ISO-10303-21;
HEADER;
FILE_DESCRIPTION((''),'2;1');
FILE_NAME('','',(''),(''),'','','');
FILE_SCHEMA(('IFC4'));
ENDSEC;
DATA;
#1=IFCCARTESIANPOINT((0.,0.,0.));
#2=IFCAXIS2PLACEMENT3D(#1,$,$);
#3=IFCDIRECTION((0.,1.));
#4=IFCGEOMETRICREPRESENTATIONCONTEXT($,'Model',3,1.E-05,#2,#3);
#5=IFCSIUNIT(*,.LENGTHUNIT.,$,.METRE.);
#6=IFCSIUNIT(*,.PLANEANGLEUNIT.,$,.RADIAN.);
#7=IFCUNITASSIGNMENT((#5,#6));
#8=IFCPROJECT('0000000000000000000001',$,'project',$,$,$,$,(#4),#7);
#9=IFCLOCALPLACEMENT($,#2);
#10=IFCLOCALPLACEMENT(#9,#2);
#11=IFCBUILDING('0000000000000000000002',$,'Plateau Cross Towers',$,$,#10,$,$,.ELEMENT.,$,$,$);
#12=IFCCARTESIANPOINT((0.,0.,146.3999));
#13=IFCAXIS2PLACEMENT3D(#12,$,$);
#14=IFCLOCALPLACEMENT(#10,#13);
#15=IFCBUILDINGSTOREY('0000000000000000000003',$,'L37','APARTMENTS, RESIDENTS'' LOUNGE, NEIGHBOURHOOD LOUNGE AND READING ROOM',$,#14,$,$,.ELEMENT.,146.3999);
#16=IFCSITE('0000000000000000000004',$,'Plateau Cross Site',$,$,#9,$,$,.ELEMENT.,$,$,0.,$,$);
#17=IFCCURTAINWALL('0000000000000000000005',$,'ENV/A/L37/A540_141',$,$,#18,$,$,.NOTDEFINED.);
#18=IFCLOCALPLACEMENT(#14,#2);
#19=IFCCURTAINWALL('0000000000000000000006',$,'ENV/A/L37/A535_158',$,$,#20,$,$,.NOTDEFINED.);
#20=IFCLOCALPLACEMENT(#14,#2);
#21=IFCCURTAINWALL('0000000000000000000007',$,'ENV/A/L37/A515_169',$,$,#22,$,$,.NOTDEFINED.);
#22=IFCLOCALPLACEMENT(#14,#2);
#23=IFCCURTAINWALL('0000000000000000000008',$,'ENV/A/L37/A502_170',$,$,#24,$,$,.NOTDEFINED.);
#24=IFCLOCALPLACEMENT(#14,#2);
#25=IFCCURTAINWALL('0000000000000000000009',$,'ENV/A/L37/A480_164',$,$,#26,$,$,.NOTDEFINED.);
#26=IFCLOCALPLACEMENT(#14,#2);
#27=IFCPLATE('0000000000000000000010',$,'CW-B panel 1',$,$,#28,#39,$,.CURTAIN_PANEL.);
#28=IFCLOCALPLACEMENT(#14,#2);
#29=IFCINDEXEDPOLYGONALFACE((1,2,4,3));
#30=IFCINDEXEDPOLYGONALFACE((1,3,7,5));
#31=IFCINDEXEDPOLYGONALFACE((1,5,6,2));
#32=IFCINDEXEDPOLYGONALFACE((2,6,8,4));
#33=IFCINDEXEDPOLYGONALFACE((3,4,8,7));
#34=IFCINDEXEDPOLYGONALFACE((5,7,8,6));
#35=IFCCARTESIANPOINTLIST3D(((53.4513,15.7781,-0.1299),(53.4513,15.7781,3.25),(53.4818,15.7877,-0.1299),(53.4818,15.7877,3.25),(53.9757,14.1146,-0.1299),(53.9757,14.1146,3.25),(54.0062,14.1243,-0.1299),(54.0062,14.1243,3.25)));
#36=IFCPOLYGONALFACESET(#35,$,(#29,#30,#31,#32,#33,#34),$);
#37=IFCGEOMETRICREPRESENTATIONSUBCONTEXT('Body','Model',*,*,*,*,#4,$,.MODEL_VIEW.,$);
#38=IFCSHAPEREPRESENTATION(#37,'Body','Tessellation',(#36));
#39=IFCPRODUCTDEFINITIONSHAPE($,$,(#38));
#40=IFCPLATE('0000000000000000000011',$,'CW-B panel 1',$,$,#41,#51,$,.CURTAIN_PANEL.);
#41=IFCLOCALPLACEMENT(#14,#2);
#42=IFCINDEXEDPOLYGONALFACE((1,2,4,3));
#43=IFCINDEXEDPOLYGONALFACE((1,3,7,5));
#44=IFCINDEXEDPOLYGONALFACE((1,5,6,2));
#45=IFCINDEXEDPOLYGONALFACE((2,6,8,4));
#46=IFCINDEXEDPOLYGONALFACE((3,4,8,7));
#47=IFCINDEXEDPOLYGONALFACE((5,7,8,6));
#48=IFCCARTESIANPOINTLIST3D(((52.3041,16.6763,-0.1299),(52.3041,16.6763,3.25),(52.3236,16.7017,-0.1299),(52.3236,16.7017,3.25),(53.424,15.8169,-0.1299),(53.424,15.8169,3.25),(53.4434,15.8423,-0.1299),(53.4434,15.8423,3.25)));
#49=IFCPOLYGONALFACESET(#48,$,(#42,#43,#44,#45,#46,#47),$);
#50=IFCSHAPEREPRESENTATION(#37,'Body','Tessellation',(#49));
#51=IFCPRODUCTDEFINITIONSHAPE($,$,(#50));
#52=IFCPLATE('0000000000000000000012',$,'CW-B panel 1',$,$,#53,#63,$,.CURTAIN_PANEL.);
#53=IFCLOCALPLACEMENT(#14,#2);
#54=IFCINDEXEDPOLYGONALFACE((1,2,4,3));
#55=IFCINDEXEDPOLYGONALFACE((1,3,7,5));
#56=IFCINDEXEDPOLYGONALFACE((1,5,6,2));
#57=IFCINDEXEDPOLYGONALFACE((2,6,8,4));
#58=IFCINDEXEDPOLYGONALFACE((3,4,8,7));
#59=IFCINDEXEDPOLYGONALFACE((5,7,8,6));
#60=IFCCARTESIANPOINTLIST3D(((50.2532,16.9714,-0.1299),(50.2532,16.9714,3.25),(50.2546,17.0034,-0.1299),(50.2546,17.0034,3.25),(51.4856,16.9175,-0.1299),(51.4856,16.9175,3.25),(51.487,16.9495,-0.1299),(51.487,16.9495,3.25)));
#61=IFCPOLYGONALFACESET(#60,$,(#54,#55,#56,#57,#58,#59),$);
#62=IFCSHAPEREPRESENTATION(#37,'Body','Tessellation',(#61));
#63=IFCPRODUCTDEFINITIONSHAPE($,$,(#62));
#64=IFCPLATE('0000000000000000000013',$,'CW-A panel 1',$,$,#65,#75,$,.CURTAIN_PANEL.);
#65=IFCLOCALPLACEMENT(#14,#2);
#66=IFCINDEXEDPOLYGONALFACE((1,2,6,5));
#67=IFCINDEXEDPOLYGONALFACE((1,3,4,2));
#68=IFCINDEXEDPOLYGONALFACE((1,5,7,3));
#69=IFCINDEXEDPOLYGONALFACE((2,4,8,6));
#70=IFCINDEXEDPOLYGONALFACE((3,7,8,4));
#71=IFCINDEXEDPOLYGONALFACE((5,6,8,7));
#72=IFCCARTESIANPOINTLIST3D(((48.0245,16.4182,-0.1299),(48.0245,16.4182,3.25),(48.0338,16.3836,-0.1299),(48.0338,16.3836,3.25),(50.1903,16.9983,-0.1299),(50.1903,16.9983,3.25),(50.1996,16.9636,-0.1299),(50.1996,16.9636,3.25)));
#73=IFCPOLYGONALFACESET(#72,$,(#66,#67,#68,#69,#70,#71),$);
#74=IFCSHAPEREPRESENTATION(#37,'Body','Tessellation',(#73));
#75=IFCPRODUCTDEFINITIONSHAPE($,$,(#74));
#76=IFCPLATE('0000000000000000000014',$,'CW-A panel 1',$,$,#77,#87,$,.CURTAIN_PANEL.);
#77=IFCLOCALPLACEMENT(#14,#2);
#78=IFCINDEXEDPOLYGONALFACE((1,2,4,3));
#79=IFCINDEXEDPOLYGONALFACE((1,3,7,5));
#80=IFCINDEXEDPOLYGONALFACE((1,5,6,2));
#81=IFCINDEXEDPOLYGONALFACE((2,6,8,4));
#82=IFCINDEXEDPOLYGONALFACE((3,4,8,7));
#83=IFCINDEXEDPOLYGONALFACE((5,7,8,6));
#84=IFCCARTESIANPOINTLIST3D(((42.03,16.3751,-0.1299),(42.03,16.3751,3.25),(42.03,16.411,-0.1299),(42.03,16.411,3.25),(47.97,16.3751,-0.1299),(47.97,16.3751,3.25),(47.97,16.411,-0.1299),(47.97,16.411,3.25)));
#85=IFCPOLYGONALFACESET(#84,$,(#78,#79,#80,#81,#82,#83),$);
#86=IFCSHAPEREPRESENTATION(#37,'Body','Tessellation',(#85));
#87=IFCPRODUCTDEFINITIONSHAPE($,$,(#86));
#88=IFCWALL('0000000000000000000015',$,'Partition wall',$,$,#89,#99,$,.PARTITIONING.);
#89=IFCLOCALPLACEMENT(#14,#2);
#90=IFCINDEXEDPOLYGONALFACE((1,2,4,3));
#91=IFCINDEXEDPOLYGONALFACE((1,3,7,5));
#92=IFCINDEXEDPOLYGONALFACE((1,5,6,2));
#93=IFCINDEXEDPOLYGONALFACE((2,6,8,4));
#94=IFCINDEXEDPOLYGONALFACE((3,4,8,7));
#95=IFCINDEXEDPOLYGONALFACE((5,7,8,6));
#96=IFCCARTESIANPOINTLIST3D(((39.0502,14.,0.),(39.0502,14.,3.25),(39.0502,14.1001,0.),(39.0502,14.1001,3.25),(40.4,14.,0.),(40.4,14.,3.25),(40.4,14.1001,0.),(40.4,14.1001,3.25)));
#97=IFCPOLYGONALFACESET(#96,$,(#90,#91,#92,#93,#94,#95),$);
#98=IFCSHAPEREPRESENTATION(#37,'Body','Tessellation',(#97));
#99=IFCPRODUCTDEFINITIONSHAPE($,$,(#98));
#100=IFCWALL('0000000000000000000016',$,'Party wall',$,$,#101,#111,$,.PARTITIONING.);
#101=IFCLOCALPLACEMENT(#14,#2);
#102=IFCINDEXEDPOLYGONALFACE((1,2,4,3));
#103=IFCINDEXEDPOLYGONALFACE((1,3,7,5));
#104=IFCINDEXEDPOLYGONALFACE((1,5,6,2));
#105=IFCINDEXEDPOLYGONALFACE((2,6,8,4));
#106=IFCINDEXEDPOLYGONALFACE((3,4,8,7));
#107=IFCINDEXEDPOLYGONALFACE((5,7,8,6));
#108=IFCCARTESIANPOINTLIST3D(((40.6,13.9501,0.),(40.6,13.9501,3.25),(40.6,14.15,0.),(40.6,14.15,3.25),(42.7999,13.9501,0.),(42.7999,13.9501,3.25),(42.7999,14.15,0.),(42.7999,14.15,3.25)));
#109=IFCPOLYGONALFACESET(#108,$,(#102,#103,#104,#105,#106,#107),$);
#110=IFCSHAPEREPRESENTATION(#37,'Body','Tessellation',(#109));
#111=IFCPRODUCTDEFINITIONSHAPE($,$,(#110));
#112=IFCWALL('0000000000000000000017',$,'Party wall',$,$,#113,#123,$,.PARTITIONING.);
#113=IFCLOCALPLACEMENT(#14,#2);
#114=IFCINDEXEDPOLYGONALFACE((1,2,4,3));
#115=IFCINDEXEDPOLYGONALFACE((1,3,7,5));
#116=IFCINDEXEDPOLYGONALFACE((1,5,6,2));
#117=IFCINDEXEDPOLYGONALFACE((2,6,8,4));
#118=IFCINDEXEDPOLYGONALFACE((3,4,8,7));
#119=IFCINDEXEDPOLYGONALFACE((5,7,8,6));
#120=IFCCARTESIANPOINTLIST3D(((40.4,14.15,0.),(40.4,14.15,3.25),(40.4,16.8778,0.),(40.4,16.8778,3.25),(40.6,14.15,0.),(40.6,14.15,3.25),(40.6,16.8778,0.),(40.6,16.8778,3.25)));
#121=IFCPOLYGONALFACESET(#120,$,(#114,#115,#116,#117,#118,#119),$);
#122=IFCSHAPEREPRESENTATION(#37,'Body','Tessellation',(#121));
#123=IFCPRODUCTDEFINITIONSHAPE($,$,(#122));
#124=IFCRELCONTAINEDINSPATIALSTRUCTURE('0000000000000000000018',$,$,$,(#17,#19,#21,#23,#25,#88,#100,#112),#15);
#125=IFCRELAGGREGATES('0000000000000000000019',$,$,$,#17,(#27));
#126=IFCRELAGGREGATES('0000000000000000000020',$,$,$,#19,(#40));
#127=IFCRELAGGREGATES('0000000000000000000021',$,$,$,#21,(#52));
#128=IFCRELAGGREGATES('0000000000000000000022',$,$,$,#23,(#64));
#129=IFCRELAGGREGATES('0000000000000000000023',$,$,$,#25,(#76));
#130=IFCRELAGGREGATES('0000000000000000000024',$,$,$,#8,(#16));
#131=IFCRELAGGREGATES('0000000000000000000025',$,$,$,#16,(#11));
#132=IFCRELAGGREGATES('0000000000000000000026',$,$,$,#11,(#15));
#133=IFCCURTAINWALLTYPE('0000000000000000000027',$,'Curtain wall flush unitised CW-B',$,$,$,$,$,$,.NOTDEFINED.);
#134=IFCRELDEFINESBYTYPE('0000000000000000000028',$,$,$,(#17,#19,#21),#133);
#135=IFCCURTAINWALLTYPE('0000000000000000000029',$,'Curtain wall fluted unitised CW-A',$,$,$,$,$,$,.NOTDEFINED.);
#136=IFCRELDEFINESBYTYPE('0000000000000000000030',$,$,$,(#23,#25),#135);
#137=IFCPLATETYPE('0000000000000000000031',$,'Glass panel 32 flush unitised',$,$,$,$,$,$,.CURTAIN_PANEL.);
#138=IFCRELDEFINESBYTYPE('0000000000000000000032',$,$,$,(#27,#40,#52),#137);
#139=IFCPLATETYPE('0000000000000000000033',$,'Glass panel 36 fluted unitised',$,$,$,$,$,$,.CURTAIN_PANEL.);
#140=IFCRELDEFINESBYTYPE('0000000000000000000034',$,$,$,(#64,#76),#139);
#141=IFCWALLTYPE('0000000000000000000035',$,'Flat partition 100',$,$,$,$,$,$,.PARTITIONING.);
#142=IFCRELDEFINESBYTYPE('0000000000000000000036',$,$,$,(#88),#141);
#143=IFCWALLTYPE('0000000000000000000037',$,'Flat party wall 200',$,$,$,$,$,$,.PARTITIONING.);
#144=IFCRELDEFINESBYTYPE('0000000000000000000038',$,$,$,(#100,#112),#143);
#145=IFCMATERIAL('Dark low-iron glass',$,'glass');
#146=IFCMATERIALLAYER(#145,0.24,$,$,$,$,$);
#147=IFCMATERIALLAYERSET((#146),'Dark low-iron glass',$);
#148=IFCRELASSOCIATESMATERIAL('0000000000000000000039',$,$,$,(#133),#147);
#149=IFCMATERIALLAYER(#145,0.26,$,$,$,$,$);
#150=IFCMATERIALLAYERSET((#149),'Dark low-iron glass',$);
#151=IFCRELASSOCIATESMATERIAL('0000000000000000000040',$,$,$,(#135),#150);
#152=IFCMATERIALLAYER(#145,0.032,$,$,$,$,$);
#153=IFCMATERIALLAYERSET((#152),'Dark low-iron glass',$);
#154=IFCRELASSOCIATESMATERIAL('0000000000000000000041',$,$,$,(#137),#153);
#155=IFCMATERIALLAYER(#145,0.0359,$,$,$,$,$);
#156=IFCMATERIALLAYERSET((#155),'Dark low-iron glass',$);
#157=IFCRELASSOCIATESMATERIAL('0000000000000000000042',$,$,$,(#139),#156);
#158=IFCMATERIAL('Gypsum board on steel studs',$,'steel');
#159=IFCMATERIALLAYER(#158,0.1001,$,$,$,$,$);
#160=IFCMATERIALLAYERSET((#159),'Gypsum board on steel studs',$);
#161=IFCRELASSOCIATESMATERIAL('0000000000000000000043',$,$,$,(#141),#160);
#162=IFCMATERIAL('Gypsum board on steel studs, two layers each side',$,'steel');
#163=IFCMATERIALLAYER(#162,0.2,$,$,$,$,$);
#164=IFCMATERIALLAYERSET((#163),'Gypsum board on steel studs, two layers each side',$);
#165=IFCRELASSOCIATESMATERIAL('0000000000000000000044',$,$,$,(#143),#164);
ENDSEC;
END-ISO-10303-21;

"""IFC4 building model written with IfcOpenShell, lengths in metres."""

from ifc_helpers import new_model, si_unit, direction, frame, frame_2d, origin, origin_2d, place, context, subcontext, project, spatial, rectangle, extrude, material, layer, layer_set, type_object, element, aggregate, save


model = new_model("IFC4")

# Units and contexts
model_context = context("Model", 3, precision=1e-05, world=origin(), true_north=direction((0.0, 1.0)))
body_context = subcontext(model_context, "Body", "Model", "MODEL_VIEW")
ifc_project = project(units=[si_unit("LENGTHUNIT", "METRE"), si_unit("PLANEANGLEUNIT", "RADIAN")], contexts=[model_context])

# Site, building, storey
site_placement = place(None, origin())
site = spatial("IfcSite", under=ifc_project, at=site_placement, Name="Plateau Cross Site", CompositionType="ELEMENT", RefElevation=0.0)
building_placement = place(site_placement, origin())
building = spatial("IfcBuilding", under=site, at=building_placement, Name="Plateau Cross Towers", CompositionType="ELEMENT")
storey_placement = place(building_placement, frame((0.0, 0.0, 146.3999)))
storey = spatial("IfcBuildingStorey", under=building, at=storey_placement, Name="L37", Description="APARTMENTS, RESIDENTS' LOUNGE, NEIGHBOURHOOD LOUNGE AND READING ROOM", CompositionType="ELEMENT", Elevation=146.3999)

# Curtain wall
ifc_material_1 = material(Name="Dark low-iron glass", Category="glass")
ifc_layer_1 = layer(ifc_material_1, 0.24)
ifc_layer_set_1 = layer_set([ifc_layer_1], Name="Dark low-iron glass")
curtain_wall_type_1 = type_object("IfcCurtainWallType", Name="Curtain wall flush unitised CW-B", PredefinedType="NOTDEFINED", material=ifc_layer_set_1)
curtain_wall_1_placement = place(storey_placement, origin())
curtain_wall_1 = element("IfcCurtainWall", 1, at=curtain_wall_1_placement, inside=storey, type_object=curtain_wall_type_1, Name="ENV/A/L37/A540_141", PredefinedType="NOTDEFINED")

# Curtain wall
curtain_wall_2_placement = place(storey_placement, origin())
curtain_wall_2 = element("IfcCurtainWall", 2, at=curtain_wall_2_placement, inside=storey, type_object=curtain_wall_type_1, Name="ENV/A/L37/A535_158", PredefinedType="NOTDEFINED")

# Curtain walls
curtain_wall_3_placement = place(storey_placement, origin())
curtain_wall_3 = element("IfcCurtainWall", 3, at=curtain_wall_3_placement, inside=storey, type_object=curtain_wall_type_1, Name="ENV/A/L37/A515_169", PredefinedType="NOTDEFINED")
ifc_layer_2 = layer(ifc_material_1, 0.26)
ifc_layer_set_2 = layer_set([ifc_layer_2], Name="Dark low-iron glass")
curtain_wall_type_2 = type_object("IfcCurtainWallType", Name="Curtain wall fluted unitised CW-A", PredefinedType="NOTDEFINED", material=ifc_layer_set_2)
curtain_wall_4_placement = place(storey_placement, origin())
curtain_wall_4 = element("IfcCurtainWall", 4, at=curtain_wall_4_placement, inside=storey, type_object=curtain_wall_type_2, Name="ENV/A/L37/A502_170", PredefinedType="NOTDEFINED")
curtain_wall_5_placement = place(storey_placement, origin())
curtain_wall_5 = element("IfcCurtainWall", 5, at=curtain_wall_5_placement, inside=storey, type_object=curtain_wall_type_2, Name="ENV/A/L37/A480_164", PredefinedType="NOTDEFINED")

# Plates
ifc_layer_3 = layer(ifc_material_1, 0.032)
ifc_layer_set_3 = layer_set([ifc_layer_3], Name="Dark low-iron glass")
plate_type_1 = type_object("IfcPlateType", Name="Glass panel 32 flush unitised", PredefinedType="CURTAIN_PANEL", material=ifc_layer_set_3)
plate_1_placement = place(storey_placement, frame((53.7288, 14.9512, -0.1299), z_axis=(0.0, 0.0, 1.0), x_axis=(-0.300686, 0.953723, 0.0)))
plate_1 = element("IfcPlate", 6, at=plate_1_placement, type_object=plate_type_1, Name="CW-B panel 1", PredefinedType="CURTAIN_PANEL", context=body_context, shape_type="SweptSolid", body=[
    extrude(rectangle(XDim=1.7441, YDim=0.032, at=origin_2d()), origin(), (0.0, 0.0, 1.0), 3.3799),
])
aggregate(curtain_wall_1, [plate_1])
plate_2_placement = place(storey_placement, frame((52.8738, 16.2593, -0.1299), z_axis=(0.0, 0.0, 1.0), x_axis=(-0.793316, 0.608811, 0.0)))
plate_2 = element("IfcPlate", 7, at=plate_2_placement, type_object=plate_type_1, Name="CW-B panel 1", PredefinedType="CURTAIN_PANEL", context=body_context, shape_type="SweptSolid", body=[
    extrude(rectangle(XDim=1.4116, YDim=0.032, at=origin_2d()), origin(), (0.0, 0.0, 1.0), 3.3799),
])
aggregate(curtain_wall_2, [plate_2])
plate_3_placement = place(storey_placement, frame((50.8701, 16.9604, -0.1299), z_axis=(0.0, 0.0, 1.0), x_axis=(-0.999044, 0.043723, 0.0)))
plate_3 = element("IfcPlate", 8, at=plate_3_placement, type_object=plate_type_1, Name="CW-B panel 1", PredefinedType="CURTAIN_PANEL", context=body_context, shape_type="SweptSolid", body=[
    extrude(rectangle(XDim=1.2336, YDim=0.032, at=origin_2d()), origin(), (0.0, 0.0, 1.0), 3.3799),
])
aggregate(curtain_wall_3, [plate_3])
ifc_layer_4 = layer(ifc_material_1, 0.0359)
ifc_layer_set_4 = layer_set([ifc_layer_4], Name="Dark low-iron glass")
plate_type_2 = type_object("IfcPlateType", Name="Glass panel 36 fluted unitised", PredefinedType="CURTAIN_PANEL", material=ifc_layer_set_4)
plate_4_placement = place(storey_placement, frame((49.1121, 16.6909, -0.1299), z_axis=(0.0, 0.0, 1.0), x_axis=(-0.965958, -0.258699, 0.0)))
plate_4 = element("IfcPlate", 9, at=plate_4_placement, type_object=plate_type_2, Name="CW-A panel 1", PredefinedType="CURTAIN_PANEL", context=body_context, shape_type="SweptSolid", body=[
    extrude(rectangle(XDim=2.2422, YDim=0.0359, at=origin_2d()), origin(), (0.0, 0.0, 1.0), 3.3799),
])
aggregate(curtain_wall_4, [plate_4])
plate_5_placement = place(storey_placement, frame((45.0, 16.3931, -0.1299), z_axis=(0.0, 0.0, 1.0), x_axis=(-1.0, 0.0, 0.0)))
plate_5 = element("IfcPlate", 10, at=plate_5_placement, type_object=plate_type_2, Name="CW-A panel 1", PredefinedType="CURTAIN_PANEL", context=body_context, shape_type="SweptSolid", body=[
    extrude(rectangle(XDim=5.9399, YDim=0.0359, at=origin_2d()), origin(), (0.0, 0.0, 1.0), 3.3799),
])
aggregate(curtain_wall_5, [plate_5])

# Walls
ifc_material_2 = material(Name="Gypsum board on steel studs", Category="steel")
ifc_layer_5 = layer(ifc_material_2, 0.1001)
ifc_layer_set_5 = layer_set([ifc_layer_5], Name="Gypsum board on steel studs")
wall_type_1 = type_object("IfcWallType", Name="Flat partition 100", PredefinedType="PARTITIONING", material=ifc_layer_set_5)
wall_1_placement = place(storey_placement, frame((40.3999, 14.05, 0.0), z_axis=(0.0, 0.0, 1.0), x_axis=(-1.0, 0.0, 0.0)))
element("IfcWall", 11, at=wall_1_placement, inside=storey, type_object=wall_type_1, Name="Partition wall", PredefinedType="PARTITIONING", context=body_context, shape_type="SweptSolid", body=[
    extrude(rectangle(XDim=1.3499, YDim=0.1001, at=frame_2d((0.6748, 0.0))), origin(), (0.0, 0.0, 1.0), 3.25),
])
ifc_material_3 = material(Name="Gypsum board on steel studs, two layers each side", Category="steel")
ifc_layer_6 = layer(ifc_material_3, 0.2)
ifc_layer_set_6 = layer_set([ifc_layer_6], Name="Gypsum board on steel studs, two layers each side")
wall_type_2 = type_object("IfcWallType", Name="Flat party wall 200", PredefinedType="PARTITIONING", material=ifc_layer_set_6)
wall_2_placement = place(storey_placement, frame((42.8, 14.05, 0.0), z_axis=(0.0, 0.0, 1.0), x_axis=(-1.0, 0.0, 0.0)))
element("IfcWall", 12, at=wall_2_placement, inside=storey, type_object=wall_type_2, Name="Party wall", PredefinedType="PARTITIONING", context=body_context, shape_type="SweptSolid", body=[
    extrude(rectangle(XDim=2.2, YDim=0.2, at=frame_2d((1.1001, 0.0))), origin(), (0.0, 0.0, 1.0), 3.25),
])
wall_3_placement = place(storey_placement, frame((40.5, 16.8777, 0.0), z_axis=(0.0, 0.0, 1.0), x_axis=(0.0, -1.0, 0.0)))
element("IfcWall", 13, at=wall_3_placement, inside=storey, type_object=wall_type_2, Name="Party wall", PredefinedType="PARTITIONING", context=body_context, shape_type="SweptSolid", body=[
    extrude(rectangle(XDim=2.7278, YDim=0.2, at=frame_2d((1.3638, 0.0))), origin(), (0.0, 0.0, 1.0), 3.25),
])

save(model, "model.ifc")
